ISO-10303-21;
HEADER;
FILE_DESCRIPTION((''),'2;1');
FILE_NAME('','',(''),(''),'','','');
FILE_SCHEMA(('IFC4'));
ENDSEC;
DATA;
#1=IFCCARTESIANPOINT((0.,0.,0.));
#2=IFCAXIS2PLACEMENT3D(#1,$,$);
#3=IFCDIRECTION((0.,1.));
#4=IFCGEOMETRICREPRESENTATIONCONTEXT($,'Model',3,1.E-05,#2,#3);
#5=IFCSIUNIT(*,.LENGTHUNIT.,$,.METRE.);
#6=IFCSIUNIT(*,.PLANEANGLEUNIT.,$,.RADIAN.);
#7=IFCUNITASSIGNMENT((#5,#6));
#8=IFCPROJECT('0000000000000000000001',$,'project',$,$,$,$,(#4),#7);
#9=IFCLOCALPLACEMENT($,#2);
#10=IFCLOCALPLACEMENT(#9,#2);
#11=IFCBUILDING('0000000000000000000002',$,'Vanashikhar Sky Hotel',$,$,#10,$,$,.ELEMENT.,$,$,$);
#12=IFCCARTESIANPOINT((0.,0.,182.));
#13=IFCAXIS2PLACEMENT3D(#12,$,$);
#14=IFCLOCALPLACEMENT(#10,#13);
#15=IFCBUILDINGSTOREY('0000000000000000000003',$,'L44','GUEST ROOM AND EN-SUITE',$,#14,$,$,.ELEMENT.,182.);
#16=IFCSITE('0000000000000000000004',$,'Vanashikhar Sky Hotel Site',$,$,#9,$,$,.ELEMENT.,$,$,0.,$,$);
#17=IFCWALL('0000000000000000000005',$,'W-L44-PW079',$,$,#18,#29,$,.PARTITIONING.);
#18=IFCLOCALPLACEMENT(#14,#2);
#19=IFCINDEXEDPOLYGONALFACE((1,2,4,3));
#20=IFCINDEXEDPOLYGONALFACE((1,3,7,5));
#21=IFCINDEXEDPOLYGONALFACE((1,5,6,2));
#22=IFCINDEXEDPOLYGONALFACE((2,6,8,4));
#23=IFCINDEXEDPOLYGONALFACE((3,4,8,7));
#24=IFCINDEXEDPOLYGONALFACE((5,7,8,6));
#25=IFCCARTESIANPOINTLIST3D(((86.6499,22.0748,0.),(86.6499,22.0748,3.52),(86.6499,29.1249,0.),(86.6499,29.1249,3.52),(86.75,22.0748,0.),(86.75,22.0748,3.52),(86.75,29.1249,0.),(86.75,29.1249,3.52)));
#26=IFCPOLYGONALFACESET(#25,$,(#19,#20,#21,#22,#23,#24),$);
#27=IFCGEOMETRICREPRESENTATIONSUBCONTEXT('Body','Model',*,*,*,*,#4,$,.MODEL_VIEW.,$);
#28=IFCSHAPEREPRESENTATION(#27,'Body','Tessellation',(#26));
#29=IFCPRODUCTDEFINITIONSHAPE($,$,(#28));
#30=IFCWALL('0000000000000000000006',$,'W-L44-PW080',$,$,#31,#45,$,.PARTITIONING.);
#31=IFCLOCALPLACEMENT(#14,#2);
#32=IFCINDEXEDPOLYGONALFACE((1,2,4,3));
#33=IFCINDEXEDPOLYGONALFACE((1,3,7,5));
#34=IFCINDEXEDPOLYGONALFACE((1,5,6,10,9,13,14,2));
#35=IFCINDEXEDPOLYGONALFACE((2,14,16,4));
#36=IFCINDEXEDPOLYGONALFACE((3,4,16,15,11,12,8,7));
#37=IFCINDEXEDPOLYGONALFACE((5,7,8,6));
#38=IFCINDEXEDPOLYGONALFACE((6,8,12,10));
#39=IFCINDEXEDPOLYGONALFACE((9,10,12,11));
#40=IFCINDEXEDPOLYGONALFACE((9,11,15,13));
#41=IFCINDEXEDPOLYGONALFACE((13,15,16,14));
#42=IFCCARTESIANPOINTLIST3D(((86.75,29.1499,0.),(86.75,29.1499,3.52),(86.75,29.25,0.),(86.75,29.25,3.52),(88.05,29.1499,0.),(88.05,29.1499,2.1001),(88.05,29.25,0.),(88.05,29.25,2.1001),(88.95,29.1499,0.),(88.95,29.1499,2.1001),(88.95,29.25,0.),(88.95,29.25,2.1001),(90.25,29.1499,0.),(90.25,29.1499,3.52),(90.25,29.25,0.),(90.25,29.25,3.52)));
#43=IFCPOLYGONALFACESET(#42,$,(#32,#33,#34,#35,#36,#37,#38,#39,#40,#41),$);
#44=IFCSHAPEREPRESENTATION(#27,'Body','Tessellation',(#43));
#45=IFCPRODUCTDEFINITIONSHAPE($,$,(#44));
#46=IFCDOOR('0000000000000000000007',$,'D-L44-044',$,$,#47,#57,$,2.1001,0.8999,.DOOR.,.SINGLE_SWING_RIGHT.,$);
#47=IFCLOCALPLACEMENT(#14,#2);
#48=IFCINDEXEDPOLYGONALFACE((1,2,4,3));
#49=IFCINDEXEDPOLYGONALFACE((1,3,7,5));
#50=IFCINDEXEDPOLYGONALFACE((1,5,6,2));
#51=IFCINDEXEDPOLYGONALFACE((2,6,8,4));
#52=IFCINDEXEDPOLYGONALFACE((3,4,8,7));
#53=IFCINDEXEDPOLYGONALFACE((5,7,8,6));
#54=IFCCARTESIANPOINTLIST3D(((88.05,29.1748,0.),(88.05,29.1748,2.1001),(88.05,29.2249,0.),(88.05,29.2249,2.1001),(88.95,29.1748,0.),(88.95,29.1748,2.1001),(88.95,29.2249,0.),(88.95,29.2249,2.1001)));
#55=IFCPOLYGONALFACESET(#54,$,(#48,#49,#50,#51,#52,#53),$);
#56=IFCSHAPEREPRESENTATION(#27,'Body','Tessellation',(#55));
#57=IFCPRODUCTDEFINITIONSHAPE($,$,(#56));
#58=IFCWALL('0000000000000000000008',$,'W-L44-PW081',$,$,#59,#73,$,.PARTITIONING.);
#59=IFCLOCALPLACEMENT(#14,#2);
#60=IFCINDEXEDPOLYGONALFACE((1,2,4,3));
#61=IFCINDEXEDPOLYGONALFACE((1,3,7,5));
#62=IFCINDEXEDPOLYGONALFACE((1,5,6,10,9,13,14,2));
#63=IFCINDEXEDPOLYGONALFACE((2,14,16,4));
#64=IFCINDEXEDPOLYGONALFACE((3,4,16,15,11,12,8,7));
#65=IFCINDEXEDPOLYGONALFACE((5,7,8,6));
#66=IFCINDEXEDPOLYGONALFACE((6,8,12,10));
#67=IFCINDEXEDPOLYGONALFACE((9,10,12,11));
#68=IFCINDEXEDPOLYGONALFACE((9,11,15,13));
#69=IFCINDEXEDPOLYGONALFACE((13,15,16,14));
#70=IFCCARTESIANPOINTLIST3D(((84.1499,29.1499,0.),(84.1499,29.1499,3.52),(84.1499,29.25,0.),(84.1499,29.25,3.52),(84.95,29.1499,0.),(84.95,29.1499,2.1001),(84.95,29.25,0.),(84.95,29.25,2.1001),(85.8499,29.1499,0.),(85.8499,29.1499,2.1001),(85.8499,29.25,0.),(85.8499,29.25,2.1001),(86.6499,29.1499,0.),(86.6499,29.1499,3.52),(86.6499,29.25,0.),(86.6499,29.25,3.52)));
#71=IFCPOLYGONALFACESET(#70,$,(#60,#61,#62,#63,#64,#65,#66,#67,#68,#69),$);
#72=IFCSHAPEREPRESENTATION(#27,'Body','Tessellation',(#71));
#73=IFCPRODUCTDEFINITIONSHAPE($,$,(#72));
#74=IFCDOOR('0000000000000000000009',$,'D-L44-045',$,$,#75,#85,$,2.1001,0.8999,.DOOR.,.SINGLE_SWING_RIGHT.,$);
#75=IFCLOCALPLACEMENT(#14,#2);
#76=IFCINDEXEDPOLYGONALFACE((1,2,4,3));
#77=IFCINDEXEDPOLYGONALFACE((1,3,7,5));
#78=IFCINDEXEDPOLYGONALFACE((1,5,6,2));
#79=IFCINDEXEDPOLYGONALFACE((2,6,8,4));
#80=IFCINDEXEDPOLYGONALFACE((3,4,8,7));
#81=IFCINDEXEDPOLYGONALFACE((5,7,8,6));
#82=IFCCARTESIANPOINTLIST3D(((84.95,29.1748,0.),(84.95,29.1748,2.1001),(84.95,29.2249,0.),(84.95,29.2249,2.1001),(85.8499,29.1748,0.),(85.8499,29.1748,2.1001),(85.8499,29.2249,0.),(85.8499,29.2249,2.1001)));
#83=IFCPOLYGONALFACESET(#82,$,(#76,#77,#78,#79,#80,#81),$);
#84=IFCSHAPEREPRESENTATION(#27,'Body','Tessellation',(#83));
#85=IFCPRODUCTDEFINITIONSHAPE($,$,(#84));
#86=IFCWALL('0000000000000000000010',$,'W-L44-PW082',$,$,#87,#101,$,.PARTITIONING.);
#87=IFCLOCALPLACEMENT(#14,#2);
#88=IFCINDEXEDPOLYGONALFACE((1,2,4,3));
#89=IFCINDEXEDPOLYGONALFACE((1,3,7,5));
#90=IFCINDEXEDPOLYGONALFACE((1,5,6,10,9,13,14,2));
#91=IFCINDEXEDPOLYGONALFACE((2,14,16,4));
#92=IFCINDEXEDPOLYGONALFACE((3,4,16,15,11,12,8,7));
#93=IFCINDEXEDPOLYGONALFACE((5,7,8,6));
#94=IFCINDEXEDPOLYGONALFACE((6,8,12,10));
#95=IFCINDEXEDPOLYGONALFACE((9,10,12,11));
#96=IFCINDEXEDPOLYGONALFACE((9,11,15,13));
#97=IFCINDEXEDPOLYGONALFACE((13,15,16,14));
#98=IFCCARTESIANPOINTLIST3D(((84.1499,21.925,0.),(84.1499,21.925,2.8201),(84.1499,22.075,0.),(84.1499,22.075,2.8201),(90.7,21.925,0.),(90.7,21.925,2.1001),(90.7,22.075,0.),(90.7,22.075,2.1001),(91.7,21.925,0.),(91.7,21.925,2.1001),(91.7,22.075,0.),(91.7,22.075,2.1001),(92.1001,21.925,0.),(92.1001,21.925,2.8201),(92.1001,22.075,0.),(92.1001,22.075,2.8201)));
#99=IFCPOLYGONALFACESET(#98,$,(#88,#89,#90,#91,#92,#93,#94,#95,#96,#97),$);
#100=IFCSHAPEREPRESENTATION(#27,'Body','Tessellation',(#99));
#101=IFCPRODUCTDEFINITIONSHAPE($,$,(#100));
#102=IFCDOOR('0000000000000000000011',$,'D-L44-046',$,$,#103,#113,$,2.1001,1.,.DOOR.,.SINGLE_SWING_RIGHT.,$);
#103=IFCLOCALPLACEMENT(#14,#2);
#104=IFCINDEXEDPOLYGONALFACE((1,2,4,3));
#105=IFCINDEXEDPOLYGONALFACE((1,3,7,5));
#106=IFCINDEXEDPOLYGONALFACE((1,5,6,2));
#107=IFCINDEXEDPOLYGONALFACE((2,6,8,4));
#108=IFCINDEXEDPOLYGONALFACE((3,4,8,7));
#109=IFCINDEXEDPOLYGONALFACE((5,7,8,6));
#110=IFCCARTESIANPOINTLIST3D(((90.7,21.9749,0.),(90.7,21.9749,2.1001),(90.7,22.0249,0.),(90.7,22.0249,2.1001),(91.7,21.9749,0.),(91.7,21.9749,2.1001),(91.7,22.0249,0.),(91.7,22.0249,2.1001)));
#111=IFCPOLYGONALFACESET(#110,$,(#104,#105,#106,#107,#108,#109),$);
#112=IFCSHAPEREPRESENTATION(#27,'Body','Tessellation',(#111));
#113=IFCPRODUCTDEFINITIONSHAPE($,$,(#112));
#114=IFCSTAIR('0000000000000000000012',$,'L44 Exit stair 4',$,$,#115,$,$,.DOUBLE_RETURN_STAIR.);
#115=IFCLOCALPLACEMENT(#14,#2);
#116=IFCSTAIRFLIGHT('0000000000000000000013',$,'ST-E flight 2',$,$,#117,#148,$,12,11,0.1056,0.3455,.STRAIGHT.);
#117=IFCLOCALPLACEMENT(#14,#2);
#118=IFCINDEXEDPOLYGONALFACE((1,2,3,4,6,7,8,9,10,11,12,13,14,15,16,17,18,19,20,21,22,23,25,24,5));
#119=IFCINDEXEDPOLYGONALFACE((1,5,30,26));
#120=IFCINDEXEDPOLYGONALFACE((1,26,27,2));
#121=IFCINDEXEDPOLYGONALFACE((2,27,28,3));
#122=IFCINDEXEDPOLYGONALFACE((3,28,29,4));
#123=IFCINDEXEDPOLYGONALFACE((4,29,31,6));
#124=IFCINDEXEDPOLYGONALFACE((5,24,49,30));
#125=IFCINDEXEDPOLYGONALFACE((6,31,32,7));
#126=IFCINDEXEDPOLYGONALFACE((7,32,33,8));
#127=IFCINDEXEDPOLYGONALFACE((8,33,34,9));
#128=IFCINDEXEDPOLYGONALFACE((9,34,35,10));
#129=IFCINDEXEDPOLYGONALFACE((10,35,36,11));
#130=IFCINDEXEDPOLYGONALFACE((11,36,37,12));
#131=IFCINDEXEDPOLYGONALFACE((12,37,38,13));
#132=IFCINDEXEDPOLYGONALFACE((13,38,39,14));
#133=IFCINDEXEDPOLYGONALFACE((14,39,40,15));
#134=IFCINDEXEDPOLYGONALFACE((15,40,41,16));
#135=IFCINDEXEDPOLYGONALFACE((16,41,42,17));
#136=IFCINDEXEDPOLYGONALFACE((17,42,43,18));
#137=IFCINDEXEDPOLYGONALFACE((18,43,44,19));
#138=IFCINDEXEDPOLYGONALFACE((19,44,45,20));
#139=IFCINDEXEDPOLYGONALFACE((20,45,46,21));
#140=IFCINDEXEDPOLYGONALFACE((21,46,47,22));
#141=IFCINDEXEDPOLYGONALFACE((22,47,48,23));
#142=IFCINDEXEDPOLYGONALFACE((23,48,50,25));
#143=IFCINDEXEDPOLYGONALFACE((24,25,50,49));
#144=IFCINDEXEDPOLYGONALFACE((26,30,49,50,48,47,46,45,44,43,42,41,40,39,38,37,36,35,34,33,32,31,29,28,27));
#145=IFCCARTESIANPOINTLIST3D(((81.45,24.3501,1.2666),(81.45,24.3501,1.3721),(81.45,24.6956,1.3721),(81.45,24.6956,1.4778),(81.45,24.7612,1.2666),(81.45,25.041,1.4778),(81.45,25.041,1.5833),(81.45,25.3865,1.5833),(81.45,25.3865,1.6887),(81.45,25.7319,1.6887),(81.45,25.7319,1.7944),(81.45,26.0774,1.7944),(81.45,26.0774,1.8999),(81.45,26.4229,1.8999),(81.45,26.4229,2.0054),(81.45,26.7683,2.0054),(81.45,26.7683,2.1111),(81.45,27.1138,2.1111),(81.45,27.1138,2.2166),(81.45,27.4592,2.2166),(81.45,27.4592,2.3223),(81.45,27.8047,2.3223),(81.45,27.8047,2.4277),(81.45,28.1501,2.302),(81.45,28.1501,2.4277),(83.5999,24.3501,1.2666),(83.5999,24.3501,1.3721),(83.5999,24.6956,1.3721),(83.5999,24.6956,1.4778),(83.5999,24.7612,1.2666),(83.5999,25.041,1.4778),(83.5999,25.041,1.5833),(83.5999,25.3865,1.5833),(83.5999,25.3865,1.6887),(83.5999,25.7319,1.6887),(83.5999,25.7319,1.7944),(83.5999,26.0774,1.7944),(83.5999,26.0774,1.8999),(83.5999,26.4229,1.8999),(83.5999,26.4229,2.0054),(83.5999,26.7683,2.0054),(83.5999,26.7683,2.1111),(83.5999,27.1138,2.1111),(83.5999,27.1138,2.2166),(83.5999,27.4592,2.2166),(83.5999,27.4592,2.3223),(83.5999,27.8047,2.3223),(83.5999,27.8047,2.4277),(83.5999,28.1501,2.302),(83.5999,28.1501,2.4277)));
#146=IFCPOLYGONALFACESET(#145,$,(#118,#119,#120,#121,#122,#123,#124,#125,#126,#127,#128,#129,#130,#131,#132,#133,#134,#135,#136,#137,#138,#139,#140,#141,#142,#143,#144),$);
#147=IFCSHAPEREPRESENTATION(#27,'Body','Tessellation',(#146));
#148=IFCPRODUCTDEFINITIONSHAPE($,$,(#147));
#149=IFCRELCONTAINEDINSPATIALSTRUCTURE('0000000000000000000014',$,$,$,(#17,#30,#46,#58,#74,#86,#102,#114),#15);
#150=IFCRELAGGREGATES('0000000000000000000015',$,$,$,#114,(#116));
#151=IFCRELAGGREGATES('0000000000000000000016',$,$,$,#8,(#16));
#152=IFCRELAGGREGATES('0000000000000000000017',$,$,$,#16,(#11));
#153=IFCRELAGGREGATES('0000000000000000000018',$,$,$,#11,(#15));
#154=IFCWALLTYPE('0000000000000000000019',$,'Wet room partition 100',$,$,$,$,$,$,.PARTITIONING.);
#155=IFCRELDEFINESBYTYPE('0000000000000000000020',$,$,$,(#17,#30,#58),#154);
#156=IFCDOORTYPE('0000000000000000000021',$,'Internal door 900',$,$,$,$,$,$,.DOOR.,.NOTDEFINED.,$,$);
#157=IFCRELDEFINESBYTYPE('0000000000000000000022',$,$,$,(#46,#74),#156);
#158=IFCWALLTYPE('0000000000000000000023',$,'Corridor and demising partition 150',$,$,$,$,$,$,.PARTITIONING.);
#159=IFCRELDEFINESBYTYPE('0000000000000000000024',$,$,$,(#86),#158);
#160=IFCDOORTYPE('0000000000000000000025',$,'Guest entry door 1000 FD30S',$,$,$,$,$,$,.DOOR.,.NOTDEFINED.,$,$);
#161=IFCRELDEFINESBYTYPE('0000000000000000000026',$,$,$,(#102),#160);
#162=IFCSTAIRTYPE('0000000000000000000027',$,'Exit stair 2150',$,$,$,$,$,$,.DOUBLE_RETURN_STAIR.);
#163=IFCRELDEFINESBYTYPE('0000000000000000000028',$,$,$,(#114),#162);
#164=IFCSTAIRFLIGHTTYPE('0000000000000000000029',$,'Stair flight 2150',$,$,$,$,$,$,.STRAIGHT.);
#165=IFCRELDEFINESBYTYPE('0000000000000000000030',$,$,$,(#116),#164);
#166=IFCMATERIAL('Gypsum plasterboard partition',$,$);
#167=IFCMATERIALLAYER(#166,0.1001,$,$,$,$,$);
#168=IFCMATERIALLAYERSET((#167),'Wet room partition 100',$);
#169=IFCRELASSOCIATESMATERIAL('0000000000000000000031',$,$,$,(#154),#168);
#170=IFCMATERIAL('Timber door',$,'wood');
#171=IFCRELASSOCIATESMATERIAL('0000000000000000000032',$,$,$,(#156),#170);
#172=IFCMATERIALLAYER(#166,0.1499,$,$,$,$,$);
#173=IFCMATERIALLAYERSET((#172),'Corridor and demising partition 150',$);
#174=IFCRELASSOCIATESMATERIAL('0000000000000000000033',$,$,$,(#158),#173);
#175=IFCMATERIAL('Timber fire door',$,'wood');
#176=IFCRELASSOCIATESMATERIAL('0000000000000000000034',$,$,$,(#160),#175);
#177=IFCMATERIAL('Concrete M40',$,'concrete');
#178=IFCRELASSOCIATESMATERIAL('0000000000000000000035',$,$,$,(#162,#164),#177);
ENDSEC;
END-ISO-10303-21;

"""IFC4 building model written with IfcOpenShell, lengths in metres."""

from ifc_helpers import new_model, si_unit, direction, frame, frame_2d, origin, place, context, subcontext, project, spatial, polyline, rectangle, outline, extrude, source, transform, mapped, material, layer, layer_set, type_object, element, fill, aggregate, save


model = new_model("IFC4")

# Units and contexts
model_context = context("Model", 3, precision=1e-05, world=origin(), true_north=direction((0.0, 1.0)))
body_context = subcontext(model_context, "Body", "Model", "MODEL_VIEW")
ifc_project = project(units=[si_unit("LENGTHUNIT", "METRE"), si_unit("PLANEANGLEUNIT", "RADIAN")], contexts=[model_context])

# Site, building, storey
site_placement = place(None, origin())
site = spatial("IfcSite", under=ifc_project, at=site_placement, Name="Vanashikhar Sky Hotel Site", CompositionType="ELEMENT", RefElevation=0.0)
building_placement = place(site_placement, origin())
building = spatial("IfcBuilding", under=site, at=building_placement, Name="Vanashikhar Sky Hotel", CompositionType="ELEMENT")
storey_placement = place(building_placement, frame((0.0, 0.0, 182.0)))
storey = spatial("IfcBuildingStorey", under=building, at=storey_placement, Name="L44", Description="GUEST ROOM AND EN-SUITE", CompositionType="ELEMENT", Elevation=182.0)

# Wall
ifc_material_1 = material(Name="Gypsum plasterboard partition")
ifc_layer_1 = layer(ifc_material_1, 0.1001)
ifc_layer_set_1 = layer_set([ifc_layer_1], Name="Wet room partition 100")
wall_type_1 = type_object("IfcWallType", Name="Wet room partition 100", PredefinedType="PARTITIONING", material=ifc_layer_set_1)
shared_shape_1 = source(origin(), body_context, "Body", "SweptSolid", [
    extrude(rectangle(XDim=7.05, YDim=0.1001, at=frame_2d((3.5249, 0.0))), origin(), (0.0, 0.0, 1.0), 3.52),
])
for number, where, z_axis, x_axis, name in (
    (1, (86.7, 22.075, 0.0), (0.0, 0.0, 1.0), (0.0, 1.0, 0.0), "W-L44-PW079"),
):
    element("IfcWall", number, at=place(storey_placement, frame(where, z_axis=z_axis, x_axis=x_axis)), inside=storey, type_object=wall_type_1, Name=name, PredefinedType="PARTITIONING", context=body_context, shape_type="MappedRepresentation", body=[
        mapped(shared_shape_1, transform((0.0, 0.0, 0.0), scale=1.0)),
    ])

# Walls, openings, doors
shared_shape_2 = source(origin(), body_context, "Body", "SweptSolid", [
    extrude(rectangle(XDim=3.5, YDim=0.1001, at=frame_2d((1.75, 0.0))), origin(), (0.0, 0.0, 1.0), 3.52),
])
wall_1_placement = place(storey_placement, frame((86.75, 29.2, 0.0), z_axis=(0.0, 0.0, 1.0), x_axis=(1.0, 0.0, 0.0)))
wall_1 = element("IfcWall", 2, at=wall_1_placement, inside=storey, type_object=wall_type_1, Name="W-L44-PW080", PredefinedType="PARTITIONING", context=body_context, shape_type="MappedRepresentation", body=[
    mapped(shared_shape_2, transform((0.0, 0.0, 0.0), scale=1.0)),
])
shared_shape_3 = source(origin(), body_context, "Body", "SweptSolid", [
    extrude(rectangle(XDim=0.8999, YDim=2.1001, at=frame_2d((0.45, 1.05))), frame((0.0, 0.0601, 0.0), z_axis=(0.0, -1.0, 0.0), x_axis=(1.0, 0.0, 0.0)), (0.0, 0.0, 1.0), 0.1201),
])
opening_1_placement = place(wall_1_placement, frame((1.3, 0.0, 0.0)))
opening_1 = element("IfcOpeningElement", 3, at=opening_1_placement, cuts=wall_1, PredefinedType="OPENING", context=body_context, shape_type="MappedRepresentation", body=[
    mapped(shared_shape_3, transform((0.0, 0.0, 0.0), scale=1.0)),
])
ifc_material_2 = material(Name="Timber door", Category="wood")
door_type_1 = type_object("IfcDoorType", Name="Internal door 900", OperationType="NOTDEFINED", PredefinedType="DOOR", material=ifc_material_2)
shared_shape_4 = source(origin(), body_context, "Body", "SweptSolid", [
    extrude(rectangle(XDim=0.8999, YDim=2.1001, at=frame_2d((0.45, 1.05))), frame((0.0, 0.0249, 0.0), z_axis=(0.0, -1.0, 0.0), x_axis=(1.0, 0.0, 0.0)), (0.0, 0.0, 1.0), 0.05),
])
door_1_placement = place(opening_1_placement, origin())
door_1 = element("IfcDoor", 4, at=door_1_placement, inside=storey, type_object=door_type_1, Name="D-L44-044", OperationType="SINGLE_SWING_RIGHT", OverallHeight=2.1001, OverallWidth=0.8999, PredefinedType="DOOR", context=body_context, shape_type="MappedRepresentation", body=[
    mapped(shared_shape_4, transform((0.0, 0.0, 0.0), scale=1.0)),
])
fill(opening_1, door_1)
shared_shape_5 = source(origin(), body_context, "Body", "SweptSolid", [
    extrude(rectangle(XDim=2.5, YDim=0.1001, at=frame_2d((1.25, 0.0))), origin(), (0.0, 0.0, 1.0), 3.52),
])
wall_2_placement = place(storey_placement, frame((84.1499, 29.2, 0.0), z_axis=(0.0, 0.0, 1.0), x_axis=(1.0, 0.0, 0.0)))
wall_2 = element("IfcWall", 5, at=wall_2_placement, inside=storey, type_object=wall_type_1, Name="W-L44-PW081", PredefinedType="PARTITIONING", context=body_context, shape_type="MappedRepresentation", body=[
    mapped(shared_shape_5, transform((0.0, 0.0, 0.0), scale=1.0)),
])
opening_2_placement = place(wall_2_placement, frame((0.8, 0.0, 0.0)))
opening_2 = element("IfcOpeningElement", 6, at=opening_2_placement, cuts=wall_2, PredefinedType="OPENING", context=body_context, shape_type="MappedRepresentation", body=[
    mapped(shared_shape_3, transform((0.0, 0.0, 0.0), scale=1.0)),
])
door_2_placement = place(opening_2_placement, origin())
door_2 = element("IfcDoor", 7, at=door_2_placement, inside=storey, type_object=door_type_1, Name="D-L44-045", OperationType="SINGLE_SWING_RIGHT", OverallHeight=2.1001, OverallWidth=0.8999, PredefinedType="DOOR", context=body_context, shape_type="MappedRepresentation", body=[
    mapped(shared_shape_4, transform((0.0, 0.0, 0.0), scale=1.0)),
])
fill(opening_2, door_2)
ifc_layer_2 = layer(ifc_material_1, 0.1499)
ifc_layer_set_2 = layer_set([ifc_layer_2], Name="Corridor and demising partition 150")
wall_type_2 = type_object("IfcWallType", Name="Corridor and demising partition 150", PredefinedType="PARTITIONING", material=ifc_layer_set_2)
shared_shape_6 = source(origin(), body_context, "Body", "SweptSolid", [
    extrude(rectangle(XDim=7.9502, YDim=0.1499, at=frame_2d((3.9751, 0.0))), origin(), (0.0, 0.0, 1.0), 2.8201),
])
wall_3_placement = place(storey_placement, frame((84.1499, 22.0, 0.0), z_axis=(0.0, 0.0, 1.0), x_axis=(1.0, 0.0, 0.0)))
wall_3 = element("IfcWall", 8, at=wall_3_placement, inside=storey, type_object=wall_type_2, Name="W-L44-PW082", PredefinedType="PARTITIONING", context=body_context, shape_type="MappedRepresentation", body=[
    mapped(shared_shape_6, transform((0.0, 0.0, 0.0), scale=1.0)),
])
shared_shape_7 = source(origin(), body_context, "Body", "SweptSolid", [
    extrude(rectangle(XDim=1.0, YDim=2.1001, at=frame_2d((0.5, 1.05))), frame((0.0, 0.085, 0.0), z_axis=(0.0, -1.0, 0.0), x_axis=(1.0, 0.0, 0.0)), (0.0, 0.0, 1.0), 0.1699),
])
opening_3_placement = place(wall_3_placement, frame((6.55, 0.0, 0.0)))
opening_3 = element("IfcOpeningElement", 9, at=opening_3_placement, cuts=wall_3, PredefinedType="OPENING", context=body_context, shape_type="MappedRepresentation", body=[
    mapped(shared_shape_7, transform((0.0, 0.0, 0.0), scale=1.0)),
])
ifc_material_3 = material(Name="Timber fire door", Category="wood")
door_type_2 = type_object("IfcDoorType", Name="Guest entry door 1000 FD30S", OperationType="NOTDEFINED", PredefinedType="DOOR", material=ifc_material_3)
shared_shape_8 = source(origin(), body_context, "Body", "SweptSolid", [
    extrude(rectangle(XDim=1.0, YDim=2.1001, at=frame_2d((0.5, 1.05))), frame((0.0, 0.0249, 0.0), z_axis=(0.0, -1.0, 0.0), x_axis=(1.0, 0.0, 0.0)), (0.0, 0.0, 1.0), 0.05),
])
door_3_placement = place(opening_3_placement, origin())
door_3 = element("IfcDoor", 10, at=door_3_placement, inside=storey, type_object=door_type_2, Name="D-L44-046", OperationType="SINGLE_SWING_RIGHT", OverallHeight=2.1001, OverallWidth=1.0, PredefinedType="DOOR", context=body_context, shape_type="MappedRepresentation", body=[
    mapped(shared_shape_8, transform((0.0, 0.0, 0.0), scale=1.0)),
])
fill(opening_3, door_3)

# Stair, stair flight
ifc_material_4 = material(Name="Concrete M40", Category="concrete")
stair_type = type_object("IfcStairType", Name="Exit stair 2150", PredefinedType="DOUBLE_RETURN_STAIR", material=ifc_material_4)
stair_placement = place(storey_placement, origin())
stair = element("IfcStair", 11, at=stair_placement, inside=storey, type_object=stair_type, Name="L44 Exit stair 4", PredefinedType="DOUBLE_RETURN_STAIR")
stair_flight_type = type_object("IfcStairFlightType", Name="Stair flight 2150", PredefinedType="STRAIGHT", material=ifc_material_4)
shared_shape_9 = source(origin(), body_context, "Body", "SweptSolid", [
    extrude(outline(polyline([(0.0, 0.0), (0.0, 0.1055), (0.3455, 0.1055), (0.3455, 0.2112), (0.6909, 0.2112), (0.6909, 0.3167), (1.0364, 0.3167), (1.0364, 0.4221), (1.3818, 0.4221), (1.3818, 0.5278), (1.7273, 0.5278), (1.7273, 0.6333), (2.0728, 0.6333), (2.0728, 0.7388), (2.4182, 0.7388), (2.4182, 0.8445), (2.7637, 0.8445), (2.7637, 0.95), (3.1091, 0.95), (3.1091, 1.0557), (3.4546, 1.0557), (3.4546, 1.1611), (3.8, 1.1611), (3.8, 1.2666), (3.8, 1.0354), (0.4111, 0.0), (0.0, 0.0)])), frame((0.0, 1.075, 0.0), z_axis=(0.0, -1.0, 0.0), x_axis=(1.0, 0.0, 0.0)), (0.0, 0.0, 1.0), 2.1499),
])
stair_flight_placement = place(storey_placement, frame((82.5249, 24.3501, 1.2666), z_axis=(0.0, 0.0, 1.0), x_axis=(0.0, 1.0, 0.0)))
stair_flight = element("IfcStairFlight", 12, at=stair_flight_placement, type_object=stair_flight_type, Name="ST-E flight 2", NumberOfRisers=12, NumberOfTreads=11, PredefinedType="STRAIGHT", RiserHeight=0.1056, TreadLength=0.3455, context=body_context, shape_type="MappedRepresentation", body=[
    mapped(shared_shape_9, transform((0.0, 0.0, 0.0), scale=1.0)),
])
aggregate(stair, [stair_flight])

save(model, "model.ifc")
